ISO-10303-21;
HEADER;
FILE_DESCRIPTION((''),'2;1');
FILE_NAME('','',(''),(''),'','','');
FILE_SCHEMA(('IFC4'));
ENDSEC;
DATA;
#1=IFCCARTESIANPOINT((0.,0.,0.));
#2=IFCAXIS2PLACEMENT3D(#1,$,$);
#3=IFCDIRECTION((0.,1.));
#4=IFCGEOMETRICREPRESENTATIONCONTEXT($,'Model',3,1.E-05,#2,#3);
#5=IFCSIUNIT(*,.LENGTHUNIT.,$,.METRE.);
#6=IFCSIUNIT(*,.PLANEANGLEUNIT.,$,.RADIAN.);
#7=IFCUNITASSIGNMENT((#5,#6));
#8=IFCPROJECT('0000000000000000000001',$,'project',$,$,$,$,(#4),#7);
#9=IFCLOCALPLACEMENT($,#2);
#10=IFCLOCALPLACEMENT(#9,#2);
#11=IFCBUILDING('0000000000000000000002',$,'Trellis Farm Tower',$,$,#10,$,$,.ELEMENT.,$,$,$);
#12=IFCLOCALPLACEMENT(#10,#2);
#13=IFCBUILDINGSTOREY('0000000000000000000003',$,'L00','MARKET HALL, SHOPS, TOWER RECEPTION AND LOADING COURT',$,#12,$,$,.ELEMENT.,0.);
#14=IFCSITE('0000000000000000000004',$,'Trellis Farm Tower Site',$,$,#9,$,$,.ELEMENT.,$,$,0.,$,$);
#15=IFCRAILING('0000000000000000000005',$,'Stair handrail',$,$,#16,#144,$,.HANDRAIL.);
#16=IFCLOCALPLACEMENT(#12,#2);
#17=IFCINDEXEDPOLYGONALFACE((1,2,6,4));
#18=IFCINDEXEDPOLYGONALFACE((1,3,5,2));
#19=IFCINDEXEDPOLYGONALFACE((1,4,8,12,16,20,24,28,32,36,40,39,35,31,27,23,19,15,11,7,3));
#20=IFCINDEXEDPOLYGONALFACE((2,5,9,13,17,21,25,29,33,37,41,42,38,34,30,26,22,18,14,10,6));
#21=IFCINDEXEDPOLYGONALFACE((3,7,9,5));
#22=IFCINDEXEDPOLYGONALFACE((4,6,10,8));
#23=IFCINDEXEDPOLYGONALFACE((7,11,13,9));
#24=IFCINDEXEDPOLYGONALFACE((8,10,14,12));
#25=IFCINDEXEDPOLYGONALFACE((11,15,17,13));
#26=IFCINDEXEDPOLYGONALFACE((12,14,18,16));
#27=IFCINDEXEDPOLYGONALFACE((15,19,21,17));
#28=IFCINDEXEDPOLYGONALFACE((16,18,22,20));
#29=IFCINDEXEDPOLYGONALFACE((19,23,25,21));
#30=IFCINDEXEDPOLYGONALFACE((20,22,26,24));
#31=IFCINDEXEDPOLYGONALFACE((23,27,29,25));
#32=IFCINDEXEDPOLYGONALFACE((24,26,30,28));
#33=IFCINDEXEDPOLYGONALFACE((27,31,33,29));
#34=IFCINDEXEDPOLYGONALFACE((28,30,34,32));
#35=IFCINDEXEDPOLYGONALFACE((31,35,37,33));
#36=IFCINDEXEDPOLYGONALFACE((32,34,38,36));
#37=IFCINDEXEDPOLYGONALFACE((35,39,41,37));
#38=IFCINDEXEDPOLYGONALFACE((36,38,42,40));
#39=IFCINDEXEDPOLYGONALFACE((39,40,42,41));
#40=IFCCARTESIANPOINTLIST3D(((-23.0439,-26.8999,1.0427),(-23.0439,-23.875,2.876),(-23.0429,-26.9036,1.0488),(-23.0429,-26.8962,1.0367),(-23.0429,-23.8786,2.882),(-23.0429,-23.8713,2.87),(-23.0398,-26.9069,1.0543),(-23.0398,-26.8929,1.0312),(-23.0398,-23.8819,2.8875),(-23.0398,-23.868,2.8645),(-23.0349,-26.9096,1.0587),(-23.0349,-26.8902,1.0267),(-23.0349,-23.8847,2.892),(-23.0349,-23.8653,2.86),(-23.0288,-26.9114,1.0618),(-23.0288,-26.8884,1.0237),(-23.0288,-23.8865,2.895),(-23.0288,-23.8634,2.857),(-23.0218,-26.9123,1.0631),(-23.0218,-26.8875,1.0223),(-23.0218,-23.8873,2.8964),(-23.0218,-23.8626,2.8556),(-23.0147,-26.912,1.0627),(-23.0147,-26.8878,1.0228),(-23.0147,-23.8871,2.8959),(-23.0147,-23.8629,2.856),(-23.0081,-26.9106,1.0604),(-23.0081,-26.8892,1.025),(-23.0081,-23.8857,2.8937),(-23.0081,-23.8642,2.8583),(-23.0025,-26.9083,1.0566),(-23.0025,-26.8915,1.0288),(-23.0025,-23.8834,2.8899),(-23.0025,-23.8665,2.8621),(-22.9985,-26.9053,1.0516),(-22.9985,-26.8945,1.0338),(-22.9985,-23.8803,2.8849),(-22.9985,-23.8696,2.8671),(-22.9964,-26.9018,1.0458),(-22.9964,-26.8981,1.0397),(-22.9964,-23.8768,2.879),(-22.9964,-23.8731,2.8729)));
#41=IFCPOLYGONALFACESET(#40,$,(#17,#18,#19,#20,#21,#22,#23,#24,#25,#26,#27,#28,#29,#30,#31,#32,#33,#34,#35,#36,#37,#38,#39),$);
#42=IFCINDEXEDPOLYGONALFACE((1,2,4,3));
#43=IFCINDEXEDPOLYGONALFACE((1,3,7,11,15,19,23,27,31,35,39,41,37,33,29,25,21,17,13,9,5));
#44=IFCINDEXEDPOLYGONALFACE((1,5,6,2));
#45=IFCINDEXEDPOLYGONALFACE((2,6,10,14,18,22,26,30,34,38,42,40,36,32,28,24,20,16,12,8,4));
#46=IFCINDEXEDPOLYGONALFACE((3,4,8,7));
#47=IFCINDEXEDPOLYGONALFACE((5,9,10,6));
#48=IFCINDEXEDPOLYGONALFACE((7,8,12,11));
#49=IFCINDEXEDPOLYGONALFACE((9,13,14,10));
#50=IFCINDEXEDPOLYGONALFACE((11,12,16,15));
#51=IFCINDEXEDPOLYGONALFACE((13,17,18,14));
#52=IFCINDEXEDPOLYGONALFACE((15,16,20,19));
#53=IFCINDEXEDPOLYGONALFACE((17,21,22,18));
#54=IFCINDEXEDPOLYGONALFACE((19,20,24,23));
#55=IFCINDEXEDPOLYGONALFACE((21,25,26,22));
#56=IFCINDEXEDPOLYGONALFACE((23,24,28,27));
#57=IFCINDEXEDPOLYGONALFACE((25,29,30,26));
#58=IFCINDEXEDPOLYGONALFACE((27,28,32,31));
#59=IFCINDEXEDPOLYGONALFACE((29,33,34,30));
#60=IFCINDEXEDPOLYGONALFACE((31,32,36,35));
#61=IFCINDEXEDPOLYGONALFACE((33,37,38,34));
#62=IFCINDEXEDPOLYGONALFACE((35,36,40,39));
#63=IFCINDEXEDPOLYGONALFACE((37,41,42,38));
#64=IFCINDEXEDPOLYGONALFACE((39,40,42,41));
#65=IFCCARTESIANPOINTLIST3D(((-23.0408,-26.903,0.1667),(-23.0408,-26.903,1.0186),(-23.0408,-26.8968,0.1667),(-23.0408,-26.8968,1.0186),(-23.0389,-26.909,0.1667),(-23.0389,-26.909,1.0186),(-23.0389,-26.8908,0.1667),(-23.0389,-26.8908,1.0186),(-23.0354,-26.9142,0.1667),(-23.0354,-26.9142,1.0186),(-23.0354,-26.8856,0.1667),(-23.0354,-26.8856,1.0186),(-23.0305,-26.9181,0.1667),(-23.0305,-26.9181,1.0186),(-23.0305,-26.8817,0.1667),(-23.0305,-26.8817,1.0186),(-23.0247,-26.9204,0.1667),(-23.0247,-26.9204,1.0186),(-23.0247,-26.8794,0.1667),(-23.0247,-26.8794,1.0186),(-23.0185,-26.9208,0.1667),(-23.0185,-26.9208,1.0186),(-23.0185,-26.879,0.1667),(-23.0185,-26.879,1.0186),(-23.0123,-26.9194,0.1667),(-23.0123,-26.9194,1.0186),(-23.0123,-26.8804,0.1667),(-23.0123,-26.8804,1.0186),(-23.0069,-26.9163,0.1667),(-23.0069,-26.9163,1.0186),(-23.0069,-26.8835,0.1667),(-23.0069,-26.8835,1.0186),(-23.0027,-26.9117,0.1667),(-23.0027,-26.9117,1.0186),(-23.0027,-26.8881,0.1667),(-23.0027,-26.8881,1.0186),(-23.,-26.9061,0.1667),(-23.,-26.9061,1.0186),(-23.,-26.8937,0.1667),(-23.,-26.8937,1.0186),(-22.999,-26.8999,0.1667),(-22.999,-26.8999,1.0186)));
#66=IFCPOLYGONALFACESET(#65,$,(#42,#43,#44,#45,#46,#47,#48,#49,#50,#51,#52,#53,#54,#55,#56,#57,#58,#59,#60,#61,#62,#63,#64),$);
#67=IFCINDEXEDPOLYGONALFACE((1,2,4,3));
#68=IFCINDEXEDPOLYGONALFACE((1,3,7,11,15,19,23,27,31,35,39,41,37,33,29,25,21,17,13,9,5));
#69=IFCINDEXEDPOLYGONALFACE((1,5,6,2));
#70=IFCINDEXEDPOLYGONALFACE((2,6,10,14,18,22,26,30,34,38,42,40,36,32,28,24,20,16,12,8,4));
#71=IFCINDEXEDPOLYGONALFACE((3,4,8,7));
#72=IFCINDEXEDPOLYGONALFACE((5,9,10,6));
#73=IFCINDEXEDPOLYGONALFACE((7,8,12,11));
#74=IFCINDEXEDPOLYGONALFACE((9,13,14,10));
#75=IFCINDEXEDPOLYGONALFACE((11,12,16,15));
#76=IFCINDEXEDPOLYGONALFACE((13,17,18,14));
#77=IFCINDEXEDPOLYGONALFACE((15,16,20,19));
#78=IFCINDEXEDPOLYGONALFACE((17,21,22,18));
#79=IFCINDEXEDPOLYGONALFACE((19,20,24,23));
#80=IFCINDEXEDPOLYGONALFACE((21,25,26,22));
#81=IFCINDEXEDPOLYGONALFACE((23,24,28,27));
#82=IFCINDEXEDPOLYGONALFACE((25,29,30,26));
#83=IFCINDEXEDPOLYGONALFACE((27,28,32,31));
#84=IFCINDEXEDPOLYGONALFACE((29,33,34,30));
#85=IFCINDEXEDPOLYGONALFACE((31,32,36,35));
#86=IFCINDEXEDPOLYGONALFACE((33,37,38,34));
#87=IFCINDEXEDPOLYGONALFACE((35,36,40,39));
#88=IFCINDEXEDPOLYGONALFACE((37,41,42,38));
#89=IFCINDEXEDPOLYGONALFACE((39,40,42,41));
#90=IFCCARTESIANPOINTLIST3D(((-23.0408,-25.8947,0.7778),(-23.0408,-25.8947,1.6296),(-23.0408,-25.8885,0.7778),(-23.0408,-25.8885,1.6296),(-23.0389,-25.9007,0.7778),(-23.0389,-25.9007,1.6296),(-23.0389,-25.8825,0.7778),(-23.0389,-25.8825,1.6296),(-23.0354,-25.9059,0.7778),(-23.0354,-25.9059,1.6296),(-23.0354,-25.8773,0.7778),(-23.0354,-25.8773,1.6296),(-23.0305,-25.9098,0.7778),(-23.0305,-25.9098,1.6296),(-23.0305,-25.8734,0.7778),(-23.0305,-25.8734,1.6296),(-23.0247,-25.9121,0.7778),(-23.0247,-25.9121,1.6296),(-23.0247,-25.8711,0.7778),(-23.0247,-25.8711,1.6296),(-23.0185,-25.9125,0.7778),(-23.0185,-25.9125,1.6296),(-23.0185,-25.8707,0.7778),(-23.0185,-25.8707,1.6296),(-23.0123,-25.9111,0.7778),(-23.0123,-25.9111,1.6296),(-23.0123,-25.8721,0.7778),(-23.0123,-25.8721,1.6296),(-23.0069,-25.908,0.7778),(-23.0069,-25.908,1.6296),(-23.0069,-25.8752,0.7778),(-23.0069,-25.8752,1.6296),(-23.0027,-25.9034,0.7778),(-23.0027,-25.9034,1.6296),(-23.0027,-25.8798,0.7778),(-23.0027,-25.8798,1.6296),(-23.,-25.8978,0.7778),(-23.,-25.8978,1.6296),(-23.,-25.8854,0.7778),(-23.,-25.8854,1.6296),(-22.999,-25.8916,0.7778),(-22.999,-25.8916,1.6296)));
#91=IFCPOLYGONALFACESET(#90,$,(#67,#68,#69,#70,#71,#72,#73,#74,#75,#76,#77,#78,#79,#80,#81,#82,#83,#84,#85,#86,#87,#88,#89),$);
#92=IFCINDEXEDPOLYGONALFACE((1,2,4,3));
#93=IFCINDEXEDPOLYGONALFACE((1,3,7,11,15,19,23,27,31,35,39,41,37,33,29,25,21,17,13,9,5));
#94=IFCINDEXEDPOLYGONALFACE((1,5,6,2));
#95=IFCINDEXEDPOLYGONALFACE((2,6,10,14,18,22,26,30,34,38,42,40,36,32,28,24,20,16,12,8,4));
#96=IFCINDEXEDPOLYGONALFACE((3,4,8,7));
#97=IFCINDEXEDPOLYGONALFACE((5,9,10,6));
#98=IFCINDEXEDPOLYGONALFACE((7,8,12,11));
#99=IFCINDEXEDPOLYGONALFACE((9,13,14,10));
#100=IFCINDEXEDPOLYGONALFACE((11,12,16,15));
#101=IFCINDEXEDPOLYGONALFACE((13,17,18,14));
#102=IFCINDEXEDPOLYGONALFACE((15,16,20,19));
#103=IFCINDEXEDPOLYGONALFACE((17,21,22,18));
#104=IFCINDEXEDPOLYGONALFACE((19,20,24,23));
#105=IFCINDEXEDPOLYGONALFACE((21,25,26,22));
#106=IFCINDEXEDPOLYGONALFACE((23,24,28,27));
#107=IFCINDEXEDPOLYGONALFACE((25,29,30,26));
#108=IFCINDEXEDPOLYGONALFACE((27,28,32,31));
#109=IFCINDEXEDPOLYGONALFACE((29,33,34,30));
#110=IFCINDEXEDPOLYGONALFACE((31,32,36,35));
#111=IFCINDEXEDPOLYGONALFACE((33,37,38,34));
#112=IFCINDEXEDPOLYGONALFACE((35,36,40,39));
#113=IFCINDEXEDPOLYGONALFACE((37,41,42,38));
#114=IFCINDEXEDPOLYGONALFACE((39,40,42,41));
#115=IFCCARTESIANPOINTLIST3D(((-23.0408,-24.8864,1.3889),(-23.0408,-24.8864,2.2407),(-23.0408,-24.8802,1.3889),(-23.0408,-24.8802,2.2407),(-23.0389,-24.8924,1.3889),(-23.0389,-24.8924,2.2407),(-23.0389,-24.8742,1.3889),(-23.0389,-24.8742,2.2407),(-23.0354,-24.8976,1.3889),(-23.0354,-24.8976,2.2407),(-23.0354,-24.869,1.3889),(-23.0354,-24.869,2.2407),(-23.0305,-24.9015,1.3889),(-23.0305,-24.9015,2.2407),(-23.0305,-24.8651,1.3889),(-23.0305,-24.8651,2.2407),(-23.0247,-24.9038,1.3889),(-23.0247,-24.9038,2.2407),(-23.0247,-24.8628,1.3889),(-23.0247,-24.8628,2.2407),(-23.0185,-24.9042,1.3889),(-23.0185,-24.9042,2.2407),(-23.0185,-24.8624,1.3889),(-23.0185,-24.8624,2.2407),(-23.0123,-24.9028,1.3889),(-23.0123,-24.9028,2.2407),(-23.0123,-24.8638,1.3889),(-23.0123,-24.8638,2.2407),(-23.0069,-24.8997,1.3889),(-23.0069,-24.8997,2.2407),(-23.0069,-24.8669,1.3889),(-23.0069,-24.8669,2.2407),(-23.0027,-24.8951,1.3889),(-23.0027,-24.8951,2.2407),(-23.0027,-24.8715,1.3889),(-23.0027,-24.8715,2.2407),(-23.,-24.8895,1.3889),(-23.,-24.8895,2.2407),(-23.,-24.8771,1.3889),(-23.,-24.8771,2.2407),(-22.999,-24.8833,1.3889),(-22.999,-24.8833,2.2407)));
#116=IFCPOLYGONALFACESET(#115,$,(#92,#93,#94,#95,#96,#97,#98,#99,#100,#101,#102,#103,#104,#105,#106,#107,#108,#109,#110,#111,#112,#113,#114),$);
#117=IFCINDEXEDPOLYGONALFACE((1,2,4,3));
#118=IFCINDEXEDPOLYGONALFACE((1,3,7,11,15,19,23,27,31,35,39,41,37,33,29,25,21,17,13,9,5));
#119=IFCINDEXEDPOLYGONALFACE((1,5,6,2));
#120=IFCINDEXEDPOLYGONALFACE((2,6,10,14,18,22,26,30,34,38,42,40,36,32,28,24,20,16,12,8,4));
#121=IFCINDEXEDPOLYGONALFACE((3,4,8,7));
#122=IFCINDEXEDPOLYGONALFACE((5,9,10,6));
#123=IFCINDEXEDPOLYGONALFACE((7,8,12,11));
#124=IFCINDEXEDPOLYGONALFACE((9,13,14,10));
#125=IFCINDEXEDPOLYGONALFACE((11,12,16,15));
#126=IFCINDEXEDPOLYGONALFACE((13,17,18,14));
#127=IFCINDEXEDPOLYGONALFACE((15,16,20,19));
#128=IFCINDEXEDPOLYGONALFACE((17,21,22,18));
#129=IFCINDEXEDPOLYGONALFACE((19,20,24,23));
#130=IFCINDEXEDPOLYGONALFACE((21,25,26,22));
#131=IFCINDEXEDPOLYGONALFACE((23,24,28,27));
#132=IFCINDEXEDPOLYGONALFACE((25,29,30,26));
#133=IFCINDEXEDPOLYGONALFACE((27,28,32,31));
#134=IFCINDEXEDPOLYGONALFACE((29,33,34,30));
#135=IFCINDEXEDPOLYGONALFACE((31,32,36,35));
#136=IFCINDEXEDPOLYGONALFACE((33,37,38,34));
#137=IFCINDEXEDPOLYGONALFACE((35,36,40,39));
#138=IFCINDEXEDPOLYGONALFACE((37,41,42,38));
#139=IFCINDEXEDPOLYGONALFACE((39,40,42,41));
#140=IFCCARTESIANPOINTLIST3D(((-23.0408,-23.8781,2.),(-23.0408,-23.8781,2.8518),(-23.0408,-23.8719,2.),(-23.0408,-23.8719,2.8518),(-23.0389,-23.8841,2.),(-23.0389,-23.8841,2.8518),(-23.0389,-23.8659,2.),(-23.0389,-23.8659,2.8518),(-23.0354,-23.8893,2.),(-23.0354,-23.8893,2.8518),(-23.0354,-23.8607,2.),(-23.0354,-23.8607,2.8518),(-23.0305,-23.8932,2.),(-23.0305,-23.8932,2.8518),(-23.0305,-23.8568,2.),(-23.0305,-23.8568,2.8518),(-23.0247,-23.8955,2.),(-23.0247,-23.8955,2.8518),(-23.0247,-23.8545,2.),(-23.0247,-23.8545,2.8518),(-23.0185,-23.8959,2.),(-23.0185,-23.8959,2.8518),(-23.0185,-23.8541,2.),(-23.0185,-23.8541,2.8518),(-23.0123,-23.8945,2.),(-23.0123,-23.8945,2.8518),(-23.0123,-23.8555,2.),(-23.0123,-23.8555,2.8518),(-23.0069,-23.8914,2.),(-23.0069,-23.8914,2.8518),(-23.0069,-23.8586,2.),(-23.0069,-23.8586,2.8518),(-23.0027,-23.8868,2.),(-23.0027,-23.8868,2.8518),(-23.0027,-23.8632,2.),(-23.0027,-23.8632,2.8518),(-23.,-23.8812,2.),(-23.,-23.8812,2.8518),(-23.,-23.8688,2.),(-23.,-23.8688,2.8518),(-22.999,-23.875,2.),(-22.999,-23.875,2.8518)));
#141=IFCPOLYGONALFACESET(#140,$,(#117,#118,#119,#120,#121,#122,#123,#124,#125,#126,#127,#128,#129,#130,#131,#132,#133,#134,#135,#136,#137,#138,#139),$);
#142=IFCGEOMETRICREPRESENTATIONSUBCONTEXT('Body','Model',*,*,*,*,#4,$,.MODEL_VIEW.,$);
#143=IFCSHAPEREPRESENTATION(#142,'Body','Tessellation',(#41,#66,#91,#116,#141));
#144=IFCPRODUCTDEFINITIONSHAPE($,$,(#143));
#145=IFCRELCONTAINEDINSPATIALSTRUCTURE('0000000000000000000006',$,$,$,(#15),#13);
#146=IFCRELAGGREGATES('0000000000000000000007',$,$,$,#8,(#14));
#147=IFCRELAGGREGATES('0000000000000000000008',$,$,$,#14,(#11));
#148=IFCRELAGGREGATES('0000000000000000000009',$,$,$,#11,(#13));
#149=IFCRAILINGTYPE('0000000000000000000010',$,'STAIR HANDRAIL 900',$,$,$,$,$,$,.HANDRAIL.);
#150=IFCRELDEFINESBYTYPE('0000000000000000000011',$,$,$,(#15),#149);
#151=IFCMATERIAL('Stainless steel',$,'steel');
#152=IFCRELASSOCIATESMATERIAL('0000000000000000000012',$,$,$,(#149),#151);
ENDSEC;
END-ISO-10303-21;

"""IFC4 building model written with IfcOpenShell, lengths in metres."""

from ifc_helpers import new_model, si_unit, direction, frame, origin, origin_2d, place, context, subcontext, project, spatial, circle, extrude, source, transform, mapped, material, type_object, element, save


model = new_model("IFC4")

# Units and contexts
model_context = context("Model", 3, precision=1e-05, world=origin(), true_north=direction((0.0, 1.0)))
body_context = subcontext(model_context, "Body", "Model", "MODEL_VIEW")
ifc_project = project(units=[si_unit("LENGTHUNIT", "METRE"), si_unit("PLANEANGLEUNIT", "RADIAN")], contexts=[model_context])

# Site, building, storey
site_placement = place(None, origin())
site = spatial("IfcSite", under=ifc_project, at=site_placement, Name="Trellis Farm Tower Site", CompositionType="ELEMENT", RefElevation=0.0)
building_placement = place(site_placement, origin())
building = spatial("IfcBuilding", under=site, at=building_placement, Name="Trellis Farm Tower", CompositionType="ELEMENT")
storey_placement = place(building_placement, origin())
storey = spatial("IfcBuildingStorey", under=building, at=storey_placement, Name="L00", Description="MARKET HALL, SHOPS, TOWER RECEPTION AND LOADING COURT", CompositionType="ELEMENT", Elevation=0.0)

# Railing
ifc_material_1 = material(Name="Stainless steel", Category="steel")
railing_type = type_object("IfcRailingType", Name="STAIR HANDRAIL 900", PredefinedType="HANDRAIL", material=ifc_material_1)
shared_shape_1 = source(origin(), body_context, "Body", "SweptSolid", [
    extrude(circle(Radius=0.0239, at=origin_2d()), frame((0.0, 0.0, 0.876), z_axis=(0.0, 0.855201, 0.518297), x_axis=(-1.0, 0.0, 0.0)), (0.0, 0.0, 1.0), 3.5371),
    extrude(circle(Radius=0.021, at=origin_2d()), origin(), (0.0, 0.0, 1.0), 0.8518),
    extrude(circle(Radius=0.021, at=origin_2d()), frame((0.0, 1.0083, 0.6111)), (0.0, 0.0, 1.0), 0.8518),
    extrude(circle(Radius=0.021, at=origin_2d()), frame((0.0, 2.0166, 1.2222)), (0.0, 0.0, 1.0), 0.8518),
    extrude(circle(Radius=0.021, at=origin_2d()), frame((0.0, 3.0249, 1.8333)), (0.0, 0.0, 1.0), 0.8518),
])
for number, where, name in (
    (1, (-23.02, -26.8999, 0.1667), "Stair handrail"),
):
    element("IfcRailing", number, at=place(storey_placement, frame(where)), inside=storey, type_object=railing_type, Name=name, PredefinedType="HANDRAIL", context=body_context, shape_type="MappedRepresentation", body=[
        mapped(shared_shape_1, transform((0.0, 0.0, 0.0))),
    ])

save(model, "model.ifc")
